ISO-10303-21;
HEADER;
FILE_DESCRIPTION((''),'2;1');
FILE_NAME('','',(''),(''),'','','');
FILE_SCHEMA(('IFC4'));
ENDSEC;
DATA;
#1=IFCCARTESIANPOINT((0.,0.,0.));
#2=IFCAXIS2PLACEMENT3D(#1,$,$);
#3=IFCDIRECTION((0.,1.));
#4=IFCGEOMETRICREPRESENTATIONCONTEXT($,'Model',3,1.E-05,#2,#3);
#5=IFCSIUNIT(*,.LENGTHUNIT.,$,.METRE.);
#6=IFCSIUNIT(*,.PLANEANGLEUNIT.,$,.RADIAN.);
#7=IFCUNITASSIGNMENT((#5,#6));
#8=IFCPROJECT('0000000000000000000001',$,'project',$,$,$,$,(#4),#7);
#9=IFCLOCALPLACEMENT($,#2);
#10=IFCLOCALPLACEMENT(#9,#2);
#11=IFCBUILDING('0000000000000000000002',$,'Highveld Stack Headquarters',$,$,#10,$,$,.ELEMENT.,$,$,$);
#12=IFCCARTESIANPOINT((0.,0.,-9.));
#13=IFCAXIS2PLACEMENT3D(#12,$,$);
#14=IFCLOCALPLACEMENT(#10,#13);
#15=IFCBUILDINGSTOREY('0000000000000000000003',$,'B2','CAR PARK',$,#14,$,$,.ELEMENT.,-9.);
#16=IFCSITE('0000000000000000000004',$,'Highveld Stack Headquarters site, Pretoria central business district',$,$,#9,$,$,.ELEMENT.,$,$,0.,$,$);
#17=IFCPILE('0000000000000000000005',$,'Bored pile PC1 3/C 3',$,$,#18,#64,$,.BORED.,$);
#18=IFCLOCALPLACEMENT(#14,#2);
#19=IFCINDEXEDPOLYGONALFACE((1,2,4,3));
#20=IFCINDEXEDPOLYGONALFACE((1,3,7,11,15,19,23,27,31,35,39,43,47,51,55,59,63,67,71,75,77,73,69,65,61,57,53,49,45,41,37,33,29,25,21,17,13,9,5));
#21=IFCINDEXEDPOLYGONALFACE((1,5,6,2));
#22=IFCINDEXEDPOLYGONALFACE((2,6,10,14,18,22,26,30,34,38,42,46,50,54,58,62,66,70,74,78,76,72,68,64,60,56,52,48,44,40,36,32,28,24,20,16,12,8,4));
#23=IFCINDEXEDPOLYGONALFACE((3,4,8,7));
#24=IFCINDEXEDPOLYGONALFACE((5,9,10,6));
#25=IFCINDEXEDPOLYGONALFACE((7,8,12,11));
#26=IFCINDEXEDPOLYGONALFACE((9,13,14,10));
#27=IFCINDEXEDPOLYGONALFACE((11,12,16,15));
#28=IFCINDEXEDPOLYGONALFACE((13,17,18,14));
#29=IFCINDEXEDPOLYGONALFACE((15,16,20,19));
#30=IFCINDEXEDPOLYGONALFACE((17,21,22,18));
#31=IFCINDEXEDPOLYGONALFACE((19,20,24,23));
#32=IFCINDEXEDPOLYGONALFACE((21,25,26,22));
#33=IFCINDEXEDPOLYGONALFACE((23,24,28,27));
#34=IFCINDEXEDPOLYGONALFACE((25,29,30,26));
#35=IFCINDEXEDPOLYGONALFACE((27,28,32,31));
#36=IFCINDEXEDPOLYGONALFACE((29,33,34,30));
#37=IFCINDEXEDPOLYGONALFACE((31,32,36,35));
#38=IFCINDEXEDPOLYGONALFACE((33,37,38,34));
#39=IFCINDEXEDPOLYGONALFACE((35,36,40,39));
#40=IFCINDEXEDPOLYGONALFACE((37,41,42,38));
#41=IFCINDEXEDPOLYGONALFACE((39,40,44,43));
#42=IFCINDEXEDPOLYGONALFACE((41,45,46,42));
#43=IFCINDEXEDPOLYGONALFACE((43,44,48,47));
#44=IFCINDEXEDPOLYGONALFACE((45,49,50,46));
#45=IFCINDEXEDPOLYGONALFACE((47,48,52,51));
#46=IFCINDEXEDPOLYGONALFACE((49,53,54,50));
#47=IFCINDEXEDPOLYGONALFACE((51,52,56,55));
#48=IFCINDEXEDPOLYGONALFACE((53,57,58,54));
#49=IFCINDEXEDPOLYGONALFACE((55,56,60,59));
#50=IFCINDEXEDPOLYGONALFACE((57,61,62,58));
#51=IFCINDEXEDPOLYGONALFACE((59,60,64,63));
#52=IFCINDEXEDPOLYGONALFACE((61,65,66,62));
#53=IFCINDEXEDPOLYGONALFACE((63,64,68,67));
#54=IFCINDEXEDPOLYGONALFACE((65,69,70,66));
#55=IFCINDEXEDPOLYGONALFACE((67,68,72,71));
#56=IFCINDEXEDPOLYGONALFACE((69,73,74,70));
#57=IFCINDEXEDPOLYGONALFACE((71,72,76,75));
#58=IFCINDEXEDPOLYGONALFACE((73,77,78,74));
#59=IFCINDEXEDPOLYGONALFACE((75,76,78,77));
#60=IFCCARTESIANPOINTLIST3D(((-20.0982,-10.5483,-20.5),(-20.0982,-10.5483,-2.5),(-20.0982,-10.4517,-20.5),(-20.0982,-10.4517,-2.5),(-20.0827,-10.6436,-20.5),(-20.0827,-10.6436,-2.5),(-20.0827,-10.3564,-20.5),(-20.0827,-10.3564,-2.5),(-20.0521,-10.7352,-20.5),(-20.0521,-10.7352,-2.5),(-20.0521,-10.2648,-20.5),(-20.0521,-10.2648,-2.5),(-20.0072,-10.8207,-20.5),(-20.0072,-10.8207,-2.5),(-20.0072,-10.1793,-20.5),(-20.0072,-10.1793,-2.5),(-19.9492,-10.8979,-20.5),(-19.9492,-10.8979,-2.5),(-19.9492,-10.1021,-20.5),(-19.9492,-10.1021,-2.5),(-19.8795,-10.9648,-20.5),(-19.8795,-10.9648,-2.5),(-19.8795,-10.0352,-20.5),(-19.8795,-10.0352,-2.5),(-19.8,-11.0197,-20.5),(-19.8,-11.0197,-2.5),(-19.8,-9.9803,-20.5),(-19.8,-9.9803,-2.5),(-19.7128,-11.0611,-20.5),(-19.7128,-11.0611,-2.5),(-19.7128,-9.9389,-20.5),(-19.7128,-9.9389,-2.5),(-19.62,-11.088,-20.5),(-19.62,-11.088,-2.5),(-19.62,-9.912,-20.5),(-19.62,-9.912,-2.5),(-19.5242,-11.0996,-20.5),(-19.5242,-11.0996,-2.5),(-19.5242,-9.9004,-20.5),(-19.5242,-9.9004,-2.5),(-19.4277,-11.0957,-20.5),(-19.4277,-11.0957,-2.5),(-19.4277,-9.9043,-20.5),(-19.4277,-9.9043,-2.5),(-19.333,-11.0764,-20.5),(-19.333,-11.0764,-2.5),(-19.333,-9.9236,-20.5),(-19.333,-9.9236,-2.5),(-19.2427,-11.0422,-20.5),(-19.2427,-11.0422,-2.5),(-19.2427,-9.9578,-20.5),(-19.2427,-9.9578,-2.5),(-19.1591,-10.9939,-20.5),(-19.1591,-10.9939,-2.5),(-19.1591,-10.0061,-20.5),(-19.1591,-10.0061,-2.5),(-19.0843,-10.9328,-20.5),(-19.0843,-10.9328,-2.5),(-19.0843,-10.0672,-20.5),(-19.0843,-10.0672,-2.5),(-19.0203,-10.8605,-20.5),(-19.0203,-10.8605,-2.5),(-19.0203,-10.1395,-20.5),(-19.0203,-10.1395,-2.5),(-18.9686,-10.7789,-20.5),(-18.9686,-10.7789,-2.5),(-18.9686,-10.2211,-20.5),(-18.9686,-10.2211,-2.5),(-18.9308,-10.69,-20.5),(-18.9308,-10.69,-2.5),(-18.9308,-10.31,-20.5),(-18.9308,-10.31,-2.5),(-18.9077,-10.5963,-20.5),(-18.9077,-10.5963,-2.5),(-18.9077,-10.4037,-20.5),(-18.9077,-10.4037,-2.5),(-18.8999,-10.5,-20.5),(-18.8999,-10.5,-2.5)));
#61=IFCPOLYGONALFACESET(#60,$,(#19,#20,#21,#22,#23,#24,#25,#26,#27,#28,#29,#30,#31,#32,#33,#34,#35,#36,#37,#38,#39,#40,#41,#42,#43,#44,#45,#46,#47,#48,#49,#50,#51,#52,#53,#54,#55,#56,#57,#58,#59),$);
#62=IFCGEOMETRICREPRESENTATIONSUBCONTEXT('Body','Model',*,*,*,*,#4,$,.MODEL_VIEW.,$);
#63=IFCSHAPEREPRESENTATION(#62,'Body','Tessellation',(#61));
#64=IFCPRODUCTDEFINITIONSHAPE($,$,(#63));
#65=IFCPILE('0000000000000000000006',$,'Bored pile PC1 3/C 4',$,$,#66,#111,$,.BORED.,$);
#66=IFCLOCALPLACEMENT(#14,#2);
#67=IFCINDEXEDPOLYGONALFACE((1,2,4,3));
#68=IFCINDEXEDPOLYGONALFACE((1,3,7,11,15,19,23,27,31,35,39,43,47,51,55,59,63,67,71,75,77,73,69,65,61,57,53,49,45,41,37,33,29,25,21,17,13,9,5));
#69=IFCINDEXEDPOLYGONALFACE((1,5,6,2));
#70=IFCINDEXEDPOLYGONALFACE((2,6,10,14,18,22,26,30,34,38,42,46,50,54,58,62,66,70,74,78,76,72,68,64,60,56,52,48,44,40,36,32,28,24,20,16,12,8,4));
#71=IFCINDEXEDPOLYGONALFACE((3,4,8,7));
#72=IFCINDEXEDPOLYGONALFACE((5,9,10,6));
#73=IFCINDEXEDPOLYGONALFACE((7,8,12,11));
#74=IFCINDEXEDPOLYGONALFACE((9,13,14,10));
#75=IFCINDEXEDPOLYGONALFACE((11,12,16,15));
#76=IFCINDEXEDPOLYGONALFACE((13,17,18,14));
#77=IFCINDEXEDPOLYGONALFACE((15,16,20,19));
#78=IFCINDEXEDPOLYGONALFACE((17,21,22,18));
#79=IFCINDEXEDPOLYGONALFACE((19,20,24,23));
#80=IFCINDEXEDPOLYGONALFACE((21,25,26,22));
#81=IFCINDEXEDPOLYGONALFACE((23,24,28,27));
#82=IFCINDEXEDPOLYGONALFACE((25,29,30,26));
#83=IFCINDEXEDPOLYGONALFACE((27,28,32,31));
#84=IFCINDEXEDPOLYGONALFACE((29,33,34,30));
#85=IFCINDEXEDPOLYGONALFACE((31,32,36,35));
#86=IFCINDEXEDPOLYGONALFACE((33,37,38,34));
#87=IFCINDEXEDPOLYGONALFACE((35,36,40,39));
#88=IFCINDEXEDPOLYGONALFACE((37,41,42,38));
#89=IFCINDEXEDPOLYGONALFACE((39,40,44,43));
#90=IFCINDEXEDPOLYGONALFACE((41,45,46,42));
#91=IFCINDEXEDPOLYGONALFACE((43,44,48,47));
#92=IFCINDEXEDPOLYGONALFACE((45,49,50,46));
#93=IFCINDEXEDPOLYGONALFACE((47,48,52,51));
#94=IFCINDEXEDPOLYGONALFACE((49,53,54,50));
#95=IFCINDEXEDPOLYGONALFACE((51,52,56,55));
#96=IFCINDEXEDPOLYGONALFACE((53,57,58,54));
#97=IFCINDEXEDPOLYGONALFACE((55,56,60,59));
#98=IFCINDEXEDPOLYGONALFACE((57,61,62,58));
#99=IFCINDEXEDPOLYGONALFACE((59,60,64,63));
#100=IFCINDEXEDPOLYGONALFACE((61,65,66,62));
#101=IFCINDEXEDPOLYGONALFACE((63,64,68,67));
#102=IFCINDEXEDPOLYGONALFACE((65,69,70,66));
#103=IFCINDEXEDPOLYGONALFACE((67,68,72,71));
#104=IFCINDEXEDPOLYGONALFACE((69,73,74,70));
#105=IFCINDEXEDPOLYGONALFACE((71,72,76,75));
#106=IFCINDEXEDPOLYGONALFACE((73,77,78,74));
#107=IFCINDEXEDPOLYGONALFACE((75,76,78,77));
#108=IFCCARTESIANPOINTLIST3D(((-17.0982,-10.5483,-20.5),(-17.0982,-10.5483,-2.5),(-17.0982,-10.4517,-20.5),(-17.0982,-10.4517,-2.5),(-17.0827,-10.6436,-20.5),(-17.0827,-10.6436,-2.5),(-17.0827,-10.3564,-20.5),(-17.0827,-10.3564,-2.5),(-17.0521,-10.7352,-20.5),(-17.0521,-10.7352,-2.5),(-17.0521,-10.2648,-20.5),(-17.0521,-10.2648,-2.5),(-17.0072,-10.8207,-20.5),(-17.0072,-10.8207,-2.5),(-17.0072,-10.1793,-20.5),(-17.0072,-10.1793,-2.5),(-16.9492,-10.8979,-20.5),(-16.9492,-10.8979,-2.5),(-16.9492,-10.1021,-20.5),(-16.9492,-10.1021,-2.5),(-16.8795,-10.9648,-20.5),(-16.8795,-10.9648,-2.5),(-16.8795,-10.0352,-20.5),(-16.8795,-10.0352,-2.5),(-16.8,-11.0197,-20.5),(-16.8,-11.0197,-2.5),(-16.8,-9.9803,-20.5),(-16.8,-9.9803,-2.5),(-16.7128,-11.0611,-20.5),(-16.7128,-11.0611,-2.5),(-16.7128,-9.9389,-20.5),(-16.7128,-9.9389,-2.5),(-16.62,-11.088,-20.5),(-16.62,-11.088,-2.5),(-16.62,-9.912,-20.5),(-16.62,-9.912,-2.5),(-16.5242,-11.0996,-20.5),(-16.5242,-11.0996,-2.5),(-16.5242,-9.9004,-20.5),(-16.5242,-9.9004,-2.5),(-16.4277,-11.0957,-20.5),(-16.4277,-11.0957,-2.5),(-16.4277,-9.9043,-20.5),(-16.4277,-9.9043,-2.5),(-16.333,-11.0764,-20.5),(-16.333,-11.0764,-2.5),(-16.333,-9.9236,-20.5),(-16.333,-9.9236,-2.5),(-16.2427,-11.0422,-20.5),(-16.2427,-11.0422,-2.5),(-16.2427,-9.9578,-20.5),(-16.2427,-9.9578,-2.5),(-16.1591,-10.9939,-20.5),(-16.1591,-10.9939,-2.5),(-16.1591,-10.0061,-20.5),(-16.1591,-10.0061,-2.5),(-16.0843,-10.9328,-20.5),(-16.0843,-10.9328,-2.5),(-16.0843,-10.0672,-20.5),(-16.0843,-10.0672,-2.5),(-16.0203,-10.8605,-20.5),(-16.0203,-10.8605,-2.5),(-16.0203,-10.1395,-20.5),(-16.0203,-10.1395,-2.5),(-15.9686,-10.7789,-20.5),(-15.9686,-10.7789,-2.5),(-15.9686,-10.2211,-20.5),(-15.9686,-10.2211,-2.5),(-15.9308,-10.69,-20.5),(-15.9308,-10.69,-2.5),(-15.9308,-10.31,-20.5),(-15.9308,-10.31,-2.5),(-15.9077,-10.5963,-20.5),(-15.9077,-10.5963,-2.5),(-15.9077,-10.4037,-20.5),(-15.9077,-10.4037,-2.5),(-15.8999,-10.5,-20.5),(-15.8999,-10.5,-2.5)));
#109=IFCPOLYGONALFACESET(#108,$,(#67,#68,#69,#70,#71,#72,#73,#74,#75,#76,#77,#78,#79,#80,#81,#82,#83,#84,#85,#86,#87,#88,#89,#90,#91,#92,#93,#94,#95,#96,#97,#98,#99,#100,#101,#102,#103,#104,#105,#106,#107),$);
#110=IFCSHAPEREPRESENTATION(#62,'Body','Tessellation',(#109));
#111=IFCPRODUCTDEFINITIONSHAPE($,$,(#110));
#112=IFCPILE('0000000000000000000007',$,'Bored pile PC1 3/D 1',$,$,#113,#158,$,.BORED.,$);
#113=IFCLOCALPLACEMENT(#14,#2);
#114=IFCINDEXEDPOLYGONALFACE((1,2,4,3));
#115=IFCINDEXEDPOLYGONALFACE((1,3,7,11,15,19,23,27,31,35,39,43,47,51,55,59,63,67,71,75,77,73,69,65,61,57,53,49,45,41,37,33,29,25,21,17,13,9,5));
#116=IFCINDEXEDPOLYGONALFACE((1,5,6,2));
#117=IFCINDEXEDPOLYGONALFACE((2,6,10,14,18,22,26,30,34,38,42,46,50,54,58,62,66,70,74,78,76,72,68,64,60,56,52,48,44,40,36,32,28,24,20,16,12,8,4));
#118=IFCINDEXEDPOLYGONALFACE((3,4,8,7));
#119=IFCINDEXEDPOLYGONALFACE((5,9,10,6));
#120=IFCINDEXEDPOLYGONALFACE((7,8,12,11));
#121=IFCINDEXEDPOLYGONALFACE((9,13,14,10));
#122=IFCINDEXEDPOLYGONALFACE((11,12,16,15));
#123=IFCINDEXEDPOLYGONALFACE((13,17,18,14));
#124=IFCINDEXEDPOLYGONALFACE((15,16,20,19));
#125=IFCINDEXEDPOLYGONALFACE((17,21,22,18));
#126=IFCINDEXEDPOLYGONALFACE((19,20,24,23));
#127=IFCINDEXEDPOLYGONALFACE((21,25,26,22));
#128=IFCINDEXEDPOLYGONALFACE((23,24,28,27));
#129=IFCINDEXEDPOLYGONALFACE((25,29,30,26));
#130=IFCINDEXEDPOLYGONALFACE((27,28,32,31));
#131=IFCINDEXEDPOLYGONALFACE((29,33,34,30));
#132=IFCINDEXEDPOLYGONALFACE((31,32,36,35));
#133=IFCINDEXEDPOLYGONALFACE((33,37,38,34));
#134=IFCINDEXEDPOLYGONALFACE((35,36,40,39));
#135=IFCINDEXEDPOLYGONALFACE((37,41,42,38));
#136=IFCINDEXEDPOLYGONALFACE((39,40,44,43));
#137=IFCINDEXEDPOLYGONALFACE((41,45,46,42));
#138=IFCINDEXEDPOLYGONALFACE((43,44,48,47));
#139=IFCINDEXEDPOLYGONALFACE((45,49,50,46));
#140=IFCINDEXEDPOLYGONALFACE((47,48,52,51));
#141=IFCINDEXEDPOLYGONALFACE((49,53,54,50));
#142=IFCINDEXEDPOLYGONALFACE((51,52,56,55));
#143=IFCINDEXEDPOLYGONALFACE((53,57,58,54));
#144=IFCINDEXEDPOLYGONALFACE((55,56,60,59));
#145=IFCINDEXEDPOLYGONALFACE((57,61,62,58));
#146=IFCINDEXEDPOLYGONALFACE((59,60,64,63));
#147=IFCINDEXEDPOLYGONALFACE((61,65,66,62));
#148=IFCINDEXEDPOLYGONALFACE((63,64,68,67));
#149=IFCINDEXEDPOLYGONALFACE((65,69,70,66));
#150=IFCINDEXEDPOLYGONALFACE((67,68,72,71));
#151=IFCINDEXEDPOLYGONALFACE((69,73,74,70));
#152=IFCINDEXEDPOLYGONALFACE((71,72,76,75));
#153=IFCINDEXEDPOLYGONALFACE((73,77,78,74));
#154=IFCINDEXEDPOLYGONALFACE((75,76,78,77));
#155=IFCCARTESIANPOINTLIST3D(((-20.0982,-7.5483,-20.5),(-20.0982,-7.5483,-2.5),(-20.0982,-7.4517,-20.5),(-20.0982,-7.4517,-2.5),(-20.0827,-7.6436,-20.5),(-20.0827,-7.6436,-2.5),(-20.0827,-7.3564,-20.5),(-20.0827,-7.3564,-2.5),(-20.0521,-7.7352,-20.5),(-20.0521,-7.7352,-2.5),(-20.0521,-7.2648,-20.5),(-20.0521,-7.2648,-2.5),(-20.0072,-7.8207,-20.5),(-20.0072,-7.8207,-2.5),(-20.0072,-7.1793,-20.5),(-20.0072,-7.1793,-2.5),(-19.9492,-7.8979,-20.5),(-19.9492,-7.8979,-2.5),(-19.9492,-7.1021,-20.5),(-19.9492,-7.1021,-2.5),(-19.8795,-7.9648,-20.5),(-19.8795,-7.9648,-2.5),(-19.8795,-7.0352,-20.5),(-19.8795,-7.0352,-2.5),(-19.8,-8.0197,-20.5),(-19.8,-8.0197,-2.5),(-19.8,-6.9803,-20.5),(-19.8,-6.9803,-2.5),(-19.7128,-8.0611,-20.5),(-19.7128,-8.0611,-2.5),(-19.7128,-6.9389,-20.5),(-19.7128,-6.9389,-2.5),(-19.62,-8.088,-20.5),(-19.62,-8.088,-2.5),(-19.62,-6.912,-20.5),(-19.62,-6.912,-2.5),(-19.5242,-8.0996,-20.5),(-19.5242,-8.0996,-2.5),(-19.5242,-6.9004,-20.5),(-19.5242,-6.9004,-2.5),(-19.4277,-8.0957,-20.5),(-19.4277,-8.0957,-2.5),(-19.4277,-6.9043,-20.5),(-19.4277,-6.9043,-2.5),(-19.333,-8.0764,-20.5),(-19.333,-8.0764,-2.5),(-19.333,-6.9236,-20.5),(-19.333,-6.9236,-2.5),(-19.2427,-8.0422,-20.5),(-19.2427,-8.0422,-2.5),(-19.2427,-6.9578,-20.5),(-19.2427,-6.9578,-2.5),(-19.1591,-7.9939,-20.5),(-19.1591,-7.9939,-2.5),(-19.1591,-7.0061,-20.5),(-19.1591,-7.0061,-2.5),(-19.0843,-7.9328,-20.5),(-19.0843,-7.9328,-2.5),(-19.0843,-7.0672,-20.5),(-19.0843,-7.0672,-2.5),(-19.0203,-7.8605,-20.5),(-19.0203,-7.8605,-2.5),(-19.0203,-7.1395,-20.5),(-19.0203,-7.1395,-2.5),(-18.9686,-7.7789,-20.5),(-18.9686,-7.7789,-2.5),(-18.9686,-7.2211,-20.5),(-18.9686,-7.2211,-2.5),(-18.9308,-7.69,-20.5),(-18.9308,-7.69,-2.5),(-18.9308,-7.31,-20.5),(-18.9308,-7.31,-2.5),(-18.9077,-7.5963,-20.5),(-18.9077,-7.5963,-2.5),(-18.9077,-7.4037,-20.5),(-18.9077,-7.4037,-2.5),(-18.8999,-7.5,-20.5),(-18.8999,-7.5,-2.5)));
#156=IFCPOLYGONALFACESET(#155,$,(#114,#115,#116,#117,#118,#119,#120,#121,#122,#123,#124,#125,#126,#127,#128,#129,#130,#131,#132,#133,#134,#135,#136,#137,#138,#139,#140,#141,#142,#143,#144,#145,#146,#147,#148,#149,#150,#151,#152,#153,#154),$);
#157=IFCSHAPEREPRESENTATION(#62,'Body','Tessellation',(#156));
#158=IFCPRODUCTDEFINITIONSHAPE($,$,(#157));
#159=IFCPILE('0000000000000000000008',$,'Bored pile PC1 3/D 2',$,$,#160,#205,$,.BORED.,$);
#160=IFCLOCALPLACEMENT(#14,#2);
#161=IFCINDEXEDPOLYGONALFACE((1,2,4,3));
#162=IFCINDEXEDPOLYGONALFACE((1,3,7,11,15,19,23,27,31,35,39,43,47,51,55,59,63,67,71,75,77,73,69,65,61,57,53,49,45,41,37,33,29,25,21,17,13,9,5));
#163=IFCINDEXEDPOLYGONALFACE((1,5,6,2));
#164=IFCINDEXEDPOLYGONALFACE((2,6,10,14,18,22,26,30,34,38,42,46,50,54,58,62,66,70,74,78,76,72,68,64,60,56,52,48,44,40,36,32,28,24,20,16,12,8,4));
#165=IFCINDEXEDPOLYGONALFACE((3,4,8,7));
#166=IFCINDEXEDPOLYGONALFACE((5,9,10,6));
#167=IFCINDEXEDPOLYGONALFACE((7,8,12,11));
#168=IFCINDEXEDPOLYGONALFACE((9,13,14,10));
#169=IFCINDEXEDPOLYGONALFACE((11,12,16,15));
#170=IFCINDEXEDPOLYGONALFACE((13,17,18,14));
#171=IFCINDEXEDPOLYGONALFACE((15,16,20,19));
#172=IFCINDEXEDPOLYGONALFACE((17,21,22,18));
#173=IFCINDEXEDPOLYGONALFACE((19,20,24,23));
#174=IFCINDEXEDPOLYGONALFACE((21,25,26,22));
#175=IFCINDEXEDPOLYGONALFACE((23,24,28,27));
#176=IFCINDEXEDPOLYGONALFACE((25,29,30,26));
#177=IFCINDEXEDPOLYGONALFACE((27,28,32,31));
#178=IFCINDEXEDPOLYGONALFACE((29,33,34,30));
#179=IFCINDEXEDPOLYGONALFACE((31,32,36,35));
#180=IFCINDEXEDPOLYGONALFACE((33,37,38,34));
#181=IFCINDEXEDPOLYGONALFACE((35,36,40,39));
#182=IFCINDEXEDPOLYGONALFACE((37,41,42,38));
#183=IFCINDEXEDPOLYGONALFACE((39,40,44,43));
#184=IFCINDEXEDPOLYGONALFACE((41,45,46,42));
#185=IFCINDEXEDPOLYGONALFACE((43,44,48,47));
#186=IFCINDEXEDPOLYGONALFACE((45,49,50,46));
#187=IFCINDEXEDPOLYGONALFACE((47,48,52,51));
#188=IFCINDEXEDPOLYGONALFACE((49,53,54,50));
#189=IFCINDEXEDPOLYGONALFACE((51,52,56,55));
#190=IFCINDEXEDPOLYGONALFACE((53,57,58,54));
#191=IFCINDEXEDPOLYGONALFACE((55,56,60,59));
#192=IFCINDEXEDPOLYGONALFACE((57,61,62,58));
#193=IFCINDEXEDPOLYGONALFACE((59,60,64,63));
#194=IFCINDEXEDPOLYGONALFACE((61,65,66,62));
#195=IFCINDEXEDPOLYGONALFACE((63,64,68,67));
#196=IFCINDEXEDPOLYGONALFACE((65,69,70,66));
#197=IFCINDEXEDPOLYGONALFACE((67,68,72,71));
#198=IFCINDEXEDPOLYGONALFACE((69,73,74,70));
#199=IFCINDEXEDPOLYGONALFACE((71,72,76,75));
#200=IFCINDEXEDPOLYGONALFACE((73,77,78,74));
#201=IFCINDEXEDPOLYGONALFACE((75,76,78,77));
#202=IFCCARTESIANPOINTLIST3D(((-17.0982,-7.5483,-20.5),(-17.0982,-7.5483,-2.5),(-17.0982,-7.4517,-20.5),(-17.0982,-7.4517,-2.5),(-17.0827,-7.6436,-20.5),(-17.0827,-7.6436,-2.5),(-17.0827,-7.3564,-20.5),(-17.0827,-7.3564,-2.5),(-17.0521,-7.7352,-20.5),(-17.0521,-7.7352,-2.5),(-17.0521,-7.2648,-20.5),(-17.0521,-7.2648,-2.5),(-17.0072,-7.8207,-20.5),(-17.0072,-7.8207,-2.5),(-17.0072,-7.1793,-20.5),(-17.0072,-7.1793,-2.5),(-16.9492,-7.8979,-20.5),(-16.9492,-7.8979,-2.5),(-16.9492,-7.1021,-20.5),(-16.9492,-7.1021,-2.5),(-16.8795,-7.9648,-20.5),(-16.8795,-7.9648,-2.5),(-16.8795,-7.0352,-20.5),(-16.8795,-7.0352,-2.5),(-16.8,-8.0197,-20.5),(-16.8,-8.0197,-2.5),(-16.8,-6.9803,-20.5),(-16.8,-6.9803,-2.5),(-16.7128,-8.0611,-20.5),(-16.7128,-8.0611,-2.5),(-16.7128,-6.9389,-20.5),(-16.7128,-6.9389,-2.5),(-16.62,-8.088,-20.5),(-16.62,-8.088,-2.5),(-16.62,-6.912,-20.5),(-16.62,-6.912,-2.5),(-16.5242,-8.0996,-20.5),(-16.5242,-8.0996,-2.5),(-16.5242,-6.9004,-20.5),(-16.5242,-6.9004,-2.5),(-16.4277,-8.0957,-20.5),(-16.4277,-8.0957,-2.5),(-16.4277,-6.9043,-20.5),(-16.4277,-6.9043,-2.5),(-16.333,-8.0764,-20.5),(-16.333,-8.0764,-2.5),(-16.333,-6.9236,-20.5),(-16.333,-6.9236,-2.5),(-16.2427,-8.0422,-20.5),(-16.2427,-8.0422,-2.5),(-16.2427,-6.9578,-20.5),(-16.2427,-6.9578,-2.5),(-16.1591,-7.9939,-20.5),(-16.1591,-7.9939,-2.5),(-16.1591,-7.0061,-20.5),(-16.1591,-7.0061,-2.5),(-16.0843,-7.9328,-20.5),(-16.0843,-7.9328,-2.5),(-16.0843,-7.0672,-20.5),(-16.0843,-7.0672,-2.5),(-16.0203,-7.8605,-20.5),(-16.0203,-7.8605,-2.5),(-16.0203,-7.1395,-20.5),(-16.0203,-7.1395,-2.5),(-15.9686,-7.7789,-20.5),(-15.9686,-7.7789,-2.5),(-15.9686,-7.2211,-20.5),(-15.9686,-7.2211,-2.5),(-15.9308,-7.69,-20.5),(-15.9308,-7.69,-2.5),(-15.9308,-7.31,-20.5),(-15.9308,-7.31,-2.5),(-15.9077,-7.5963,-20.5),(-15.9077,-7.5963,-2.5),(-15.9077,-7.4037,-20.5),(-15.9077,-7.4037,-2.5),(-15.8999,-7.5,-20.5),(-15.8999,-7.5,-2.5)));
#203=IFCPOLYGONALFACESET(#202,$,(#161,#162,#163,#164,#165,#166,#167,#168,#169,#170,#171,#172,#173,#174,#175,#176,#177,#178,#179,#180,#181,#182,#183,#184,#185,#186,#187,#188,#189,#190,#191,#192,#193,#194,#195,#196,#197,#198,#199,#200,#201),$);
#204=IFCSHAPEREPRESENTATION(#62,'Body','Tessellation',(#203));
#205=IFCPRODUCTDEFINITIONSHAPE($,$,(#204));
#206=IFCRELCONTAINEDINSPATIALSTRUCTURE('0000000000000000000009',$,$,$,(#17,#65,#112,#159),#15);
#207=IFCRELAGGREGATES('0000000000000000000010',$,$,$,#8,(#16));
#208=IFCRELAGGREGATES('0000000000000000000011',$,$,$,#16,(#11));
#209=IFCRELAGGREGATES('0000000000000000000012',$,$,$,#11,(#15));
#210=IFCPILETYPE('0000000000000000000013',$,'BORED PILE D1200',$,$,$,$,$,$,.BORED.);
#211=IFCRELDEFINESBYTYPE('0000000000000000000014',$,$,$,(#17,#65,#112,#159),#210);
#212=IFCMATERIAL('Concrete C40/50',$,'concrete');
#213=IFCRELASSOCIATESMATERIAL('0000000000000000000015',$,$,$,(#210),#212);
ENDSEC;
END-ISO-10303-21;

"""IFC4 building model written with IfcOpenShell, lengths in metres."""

from ifc_helpers import new_model, si_unit, direction, frame, origin, origin_2d, place, context, subcontext, project, spatial, circle, extrude, material, type_object, element, save


model = new_model("IFC4")

# Units and contexts
model_context = context("Model", 3, precision=1e-05, world=origin(), true_north=direction((0.0, 1.0)))
body_context = subcontext(model_context, "Body", "Model", "MODEL_VIEW")
ifc_project = project(units=[si_unit("LENGTHUNIT", "METRE"), si_unit("PLANEANGLEUNIT", "RADIAN")], contexts=[model_context])

# Site, building, storey
site_placement = place(None, origin())
site = spatial("IfcSite", under=ifc_project, at=site_placement, Name="Highveld Stack Headquarters site, Pretoria central business district", CompositionType="ELEMENT", RefElevation=0.0)
building_placement = place(site_placement, origin())
building = spatial("IfcBuilding", under=site, at=building_placement, Name="Highveld Stack Headquarters", CompositionType="ELEMENT")
storey_placement = place(building_placement, frame((0.0, 0.0, -9.0)))
storey = spatial("IfcBuildingStorey", under=building, at=storey_placement, Name="B2", Description="CAR PARK", CompositionType="ELEMENT", Elevation=-9.0)

# Piles
ifc_material_1 = material(Name="Concrete C40/50", Category="concrete")
pile_type_1 = type_object("IfcPileType", Name="BORED PILE D1200", PredefinedType="BORED", material=ifc_material_1)
for number, where, z_axis, x_axis, name in (
    (1, (-19.5, -10.5, -2.5), (0.0, 0.0, -1.0), (1.0, 0.0, 0.0), "Bored pile PC1 3/C 3"),
    (2, (-16.5, -10.5, -2.5), (0.0, 0.0, -1.0), (1.0, 0.0, 0.0), "Bored pile PC1 3/C 4"),
    (3, (-19.5, -7.5, -2.5), (0.0, 0.0, -1.0), (1.0, 0.0, 0.0), "Bored pile PC1 3/D 1"),
    (4, (-16.5, -7.5, -2.5), (0.0, 0.0, -1.0), (1.0, 0.0, 0.0), "Bored pile PC1 3/D 2"),
):
    element("IfcPile", number, at=place(storey_placement, frame(where, z_axis=z_axis, x_axis=x_axis)), inside=storey, type_object=pile_type_1, Name=name, PredefinedType="BORED", context=body_context, shape_type="SweptSolid", body=[
        extrude(circle(Radius=0.6001, at=origin_2d()), origin(), (0.0, 0.0, 1.0), 18.0),
    ])

save(model, "model.ifc")
